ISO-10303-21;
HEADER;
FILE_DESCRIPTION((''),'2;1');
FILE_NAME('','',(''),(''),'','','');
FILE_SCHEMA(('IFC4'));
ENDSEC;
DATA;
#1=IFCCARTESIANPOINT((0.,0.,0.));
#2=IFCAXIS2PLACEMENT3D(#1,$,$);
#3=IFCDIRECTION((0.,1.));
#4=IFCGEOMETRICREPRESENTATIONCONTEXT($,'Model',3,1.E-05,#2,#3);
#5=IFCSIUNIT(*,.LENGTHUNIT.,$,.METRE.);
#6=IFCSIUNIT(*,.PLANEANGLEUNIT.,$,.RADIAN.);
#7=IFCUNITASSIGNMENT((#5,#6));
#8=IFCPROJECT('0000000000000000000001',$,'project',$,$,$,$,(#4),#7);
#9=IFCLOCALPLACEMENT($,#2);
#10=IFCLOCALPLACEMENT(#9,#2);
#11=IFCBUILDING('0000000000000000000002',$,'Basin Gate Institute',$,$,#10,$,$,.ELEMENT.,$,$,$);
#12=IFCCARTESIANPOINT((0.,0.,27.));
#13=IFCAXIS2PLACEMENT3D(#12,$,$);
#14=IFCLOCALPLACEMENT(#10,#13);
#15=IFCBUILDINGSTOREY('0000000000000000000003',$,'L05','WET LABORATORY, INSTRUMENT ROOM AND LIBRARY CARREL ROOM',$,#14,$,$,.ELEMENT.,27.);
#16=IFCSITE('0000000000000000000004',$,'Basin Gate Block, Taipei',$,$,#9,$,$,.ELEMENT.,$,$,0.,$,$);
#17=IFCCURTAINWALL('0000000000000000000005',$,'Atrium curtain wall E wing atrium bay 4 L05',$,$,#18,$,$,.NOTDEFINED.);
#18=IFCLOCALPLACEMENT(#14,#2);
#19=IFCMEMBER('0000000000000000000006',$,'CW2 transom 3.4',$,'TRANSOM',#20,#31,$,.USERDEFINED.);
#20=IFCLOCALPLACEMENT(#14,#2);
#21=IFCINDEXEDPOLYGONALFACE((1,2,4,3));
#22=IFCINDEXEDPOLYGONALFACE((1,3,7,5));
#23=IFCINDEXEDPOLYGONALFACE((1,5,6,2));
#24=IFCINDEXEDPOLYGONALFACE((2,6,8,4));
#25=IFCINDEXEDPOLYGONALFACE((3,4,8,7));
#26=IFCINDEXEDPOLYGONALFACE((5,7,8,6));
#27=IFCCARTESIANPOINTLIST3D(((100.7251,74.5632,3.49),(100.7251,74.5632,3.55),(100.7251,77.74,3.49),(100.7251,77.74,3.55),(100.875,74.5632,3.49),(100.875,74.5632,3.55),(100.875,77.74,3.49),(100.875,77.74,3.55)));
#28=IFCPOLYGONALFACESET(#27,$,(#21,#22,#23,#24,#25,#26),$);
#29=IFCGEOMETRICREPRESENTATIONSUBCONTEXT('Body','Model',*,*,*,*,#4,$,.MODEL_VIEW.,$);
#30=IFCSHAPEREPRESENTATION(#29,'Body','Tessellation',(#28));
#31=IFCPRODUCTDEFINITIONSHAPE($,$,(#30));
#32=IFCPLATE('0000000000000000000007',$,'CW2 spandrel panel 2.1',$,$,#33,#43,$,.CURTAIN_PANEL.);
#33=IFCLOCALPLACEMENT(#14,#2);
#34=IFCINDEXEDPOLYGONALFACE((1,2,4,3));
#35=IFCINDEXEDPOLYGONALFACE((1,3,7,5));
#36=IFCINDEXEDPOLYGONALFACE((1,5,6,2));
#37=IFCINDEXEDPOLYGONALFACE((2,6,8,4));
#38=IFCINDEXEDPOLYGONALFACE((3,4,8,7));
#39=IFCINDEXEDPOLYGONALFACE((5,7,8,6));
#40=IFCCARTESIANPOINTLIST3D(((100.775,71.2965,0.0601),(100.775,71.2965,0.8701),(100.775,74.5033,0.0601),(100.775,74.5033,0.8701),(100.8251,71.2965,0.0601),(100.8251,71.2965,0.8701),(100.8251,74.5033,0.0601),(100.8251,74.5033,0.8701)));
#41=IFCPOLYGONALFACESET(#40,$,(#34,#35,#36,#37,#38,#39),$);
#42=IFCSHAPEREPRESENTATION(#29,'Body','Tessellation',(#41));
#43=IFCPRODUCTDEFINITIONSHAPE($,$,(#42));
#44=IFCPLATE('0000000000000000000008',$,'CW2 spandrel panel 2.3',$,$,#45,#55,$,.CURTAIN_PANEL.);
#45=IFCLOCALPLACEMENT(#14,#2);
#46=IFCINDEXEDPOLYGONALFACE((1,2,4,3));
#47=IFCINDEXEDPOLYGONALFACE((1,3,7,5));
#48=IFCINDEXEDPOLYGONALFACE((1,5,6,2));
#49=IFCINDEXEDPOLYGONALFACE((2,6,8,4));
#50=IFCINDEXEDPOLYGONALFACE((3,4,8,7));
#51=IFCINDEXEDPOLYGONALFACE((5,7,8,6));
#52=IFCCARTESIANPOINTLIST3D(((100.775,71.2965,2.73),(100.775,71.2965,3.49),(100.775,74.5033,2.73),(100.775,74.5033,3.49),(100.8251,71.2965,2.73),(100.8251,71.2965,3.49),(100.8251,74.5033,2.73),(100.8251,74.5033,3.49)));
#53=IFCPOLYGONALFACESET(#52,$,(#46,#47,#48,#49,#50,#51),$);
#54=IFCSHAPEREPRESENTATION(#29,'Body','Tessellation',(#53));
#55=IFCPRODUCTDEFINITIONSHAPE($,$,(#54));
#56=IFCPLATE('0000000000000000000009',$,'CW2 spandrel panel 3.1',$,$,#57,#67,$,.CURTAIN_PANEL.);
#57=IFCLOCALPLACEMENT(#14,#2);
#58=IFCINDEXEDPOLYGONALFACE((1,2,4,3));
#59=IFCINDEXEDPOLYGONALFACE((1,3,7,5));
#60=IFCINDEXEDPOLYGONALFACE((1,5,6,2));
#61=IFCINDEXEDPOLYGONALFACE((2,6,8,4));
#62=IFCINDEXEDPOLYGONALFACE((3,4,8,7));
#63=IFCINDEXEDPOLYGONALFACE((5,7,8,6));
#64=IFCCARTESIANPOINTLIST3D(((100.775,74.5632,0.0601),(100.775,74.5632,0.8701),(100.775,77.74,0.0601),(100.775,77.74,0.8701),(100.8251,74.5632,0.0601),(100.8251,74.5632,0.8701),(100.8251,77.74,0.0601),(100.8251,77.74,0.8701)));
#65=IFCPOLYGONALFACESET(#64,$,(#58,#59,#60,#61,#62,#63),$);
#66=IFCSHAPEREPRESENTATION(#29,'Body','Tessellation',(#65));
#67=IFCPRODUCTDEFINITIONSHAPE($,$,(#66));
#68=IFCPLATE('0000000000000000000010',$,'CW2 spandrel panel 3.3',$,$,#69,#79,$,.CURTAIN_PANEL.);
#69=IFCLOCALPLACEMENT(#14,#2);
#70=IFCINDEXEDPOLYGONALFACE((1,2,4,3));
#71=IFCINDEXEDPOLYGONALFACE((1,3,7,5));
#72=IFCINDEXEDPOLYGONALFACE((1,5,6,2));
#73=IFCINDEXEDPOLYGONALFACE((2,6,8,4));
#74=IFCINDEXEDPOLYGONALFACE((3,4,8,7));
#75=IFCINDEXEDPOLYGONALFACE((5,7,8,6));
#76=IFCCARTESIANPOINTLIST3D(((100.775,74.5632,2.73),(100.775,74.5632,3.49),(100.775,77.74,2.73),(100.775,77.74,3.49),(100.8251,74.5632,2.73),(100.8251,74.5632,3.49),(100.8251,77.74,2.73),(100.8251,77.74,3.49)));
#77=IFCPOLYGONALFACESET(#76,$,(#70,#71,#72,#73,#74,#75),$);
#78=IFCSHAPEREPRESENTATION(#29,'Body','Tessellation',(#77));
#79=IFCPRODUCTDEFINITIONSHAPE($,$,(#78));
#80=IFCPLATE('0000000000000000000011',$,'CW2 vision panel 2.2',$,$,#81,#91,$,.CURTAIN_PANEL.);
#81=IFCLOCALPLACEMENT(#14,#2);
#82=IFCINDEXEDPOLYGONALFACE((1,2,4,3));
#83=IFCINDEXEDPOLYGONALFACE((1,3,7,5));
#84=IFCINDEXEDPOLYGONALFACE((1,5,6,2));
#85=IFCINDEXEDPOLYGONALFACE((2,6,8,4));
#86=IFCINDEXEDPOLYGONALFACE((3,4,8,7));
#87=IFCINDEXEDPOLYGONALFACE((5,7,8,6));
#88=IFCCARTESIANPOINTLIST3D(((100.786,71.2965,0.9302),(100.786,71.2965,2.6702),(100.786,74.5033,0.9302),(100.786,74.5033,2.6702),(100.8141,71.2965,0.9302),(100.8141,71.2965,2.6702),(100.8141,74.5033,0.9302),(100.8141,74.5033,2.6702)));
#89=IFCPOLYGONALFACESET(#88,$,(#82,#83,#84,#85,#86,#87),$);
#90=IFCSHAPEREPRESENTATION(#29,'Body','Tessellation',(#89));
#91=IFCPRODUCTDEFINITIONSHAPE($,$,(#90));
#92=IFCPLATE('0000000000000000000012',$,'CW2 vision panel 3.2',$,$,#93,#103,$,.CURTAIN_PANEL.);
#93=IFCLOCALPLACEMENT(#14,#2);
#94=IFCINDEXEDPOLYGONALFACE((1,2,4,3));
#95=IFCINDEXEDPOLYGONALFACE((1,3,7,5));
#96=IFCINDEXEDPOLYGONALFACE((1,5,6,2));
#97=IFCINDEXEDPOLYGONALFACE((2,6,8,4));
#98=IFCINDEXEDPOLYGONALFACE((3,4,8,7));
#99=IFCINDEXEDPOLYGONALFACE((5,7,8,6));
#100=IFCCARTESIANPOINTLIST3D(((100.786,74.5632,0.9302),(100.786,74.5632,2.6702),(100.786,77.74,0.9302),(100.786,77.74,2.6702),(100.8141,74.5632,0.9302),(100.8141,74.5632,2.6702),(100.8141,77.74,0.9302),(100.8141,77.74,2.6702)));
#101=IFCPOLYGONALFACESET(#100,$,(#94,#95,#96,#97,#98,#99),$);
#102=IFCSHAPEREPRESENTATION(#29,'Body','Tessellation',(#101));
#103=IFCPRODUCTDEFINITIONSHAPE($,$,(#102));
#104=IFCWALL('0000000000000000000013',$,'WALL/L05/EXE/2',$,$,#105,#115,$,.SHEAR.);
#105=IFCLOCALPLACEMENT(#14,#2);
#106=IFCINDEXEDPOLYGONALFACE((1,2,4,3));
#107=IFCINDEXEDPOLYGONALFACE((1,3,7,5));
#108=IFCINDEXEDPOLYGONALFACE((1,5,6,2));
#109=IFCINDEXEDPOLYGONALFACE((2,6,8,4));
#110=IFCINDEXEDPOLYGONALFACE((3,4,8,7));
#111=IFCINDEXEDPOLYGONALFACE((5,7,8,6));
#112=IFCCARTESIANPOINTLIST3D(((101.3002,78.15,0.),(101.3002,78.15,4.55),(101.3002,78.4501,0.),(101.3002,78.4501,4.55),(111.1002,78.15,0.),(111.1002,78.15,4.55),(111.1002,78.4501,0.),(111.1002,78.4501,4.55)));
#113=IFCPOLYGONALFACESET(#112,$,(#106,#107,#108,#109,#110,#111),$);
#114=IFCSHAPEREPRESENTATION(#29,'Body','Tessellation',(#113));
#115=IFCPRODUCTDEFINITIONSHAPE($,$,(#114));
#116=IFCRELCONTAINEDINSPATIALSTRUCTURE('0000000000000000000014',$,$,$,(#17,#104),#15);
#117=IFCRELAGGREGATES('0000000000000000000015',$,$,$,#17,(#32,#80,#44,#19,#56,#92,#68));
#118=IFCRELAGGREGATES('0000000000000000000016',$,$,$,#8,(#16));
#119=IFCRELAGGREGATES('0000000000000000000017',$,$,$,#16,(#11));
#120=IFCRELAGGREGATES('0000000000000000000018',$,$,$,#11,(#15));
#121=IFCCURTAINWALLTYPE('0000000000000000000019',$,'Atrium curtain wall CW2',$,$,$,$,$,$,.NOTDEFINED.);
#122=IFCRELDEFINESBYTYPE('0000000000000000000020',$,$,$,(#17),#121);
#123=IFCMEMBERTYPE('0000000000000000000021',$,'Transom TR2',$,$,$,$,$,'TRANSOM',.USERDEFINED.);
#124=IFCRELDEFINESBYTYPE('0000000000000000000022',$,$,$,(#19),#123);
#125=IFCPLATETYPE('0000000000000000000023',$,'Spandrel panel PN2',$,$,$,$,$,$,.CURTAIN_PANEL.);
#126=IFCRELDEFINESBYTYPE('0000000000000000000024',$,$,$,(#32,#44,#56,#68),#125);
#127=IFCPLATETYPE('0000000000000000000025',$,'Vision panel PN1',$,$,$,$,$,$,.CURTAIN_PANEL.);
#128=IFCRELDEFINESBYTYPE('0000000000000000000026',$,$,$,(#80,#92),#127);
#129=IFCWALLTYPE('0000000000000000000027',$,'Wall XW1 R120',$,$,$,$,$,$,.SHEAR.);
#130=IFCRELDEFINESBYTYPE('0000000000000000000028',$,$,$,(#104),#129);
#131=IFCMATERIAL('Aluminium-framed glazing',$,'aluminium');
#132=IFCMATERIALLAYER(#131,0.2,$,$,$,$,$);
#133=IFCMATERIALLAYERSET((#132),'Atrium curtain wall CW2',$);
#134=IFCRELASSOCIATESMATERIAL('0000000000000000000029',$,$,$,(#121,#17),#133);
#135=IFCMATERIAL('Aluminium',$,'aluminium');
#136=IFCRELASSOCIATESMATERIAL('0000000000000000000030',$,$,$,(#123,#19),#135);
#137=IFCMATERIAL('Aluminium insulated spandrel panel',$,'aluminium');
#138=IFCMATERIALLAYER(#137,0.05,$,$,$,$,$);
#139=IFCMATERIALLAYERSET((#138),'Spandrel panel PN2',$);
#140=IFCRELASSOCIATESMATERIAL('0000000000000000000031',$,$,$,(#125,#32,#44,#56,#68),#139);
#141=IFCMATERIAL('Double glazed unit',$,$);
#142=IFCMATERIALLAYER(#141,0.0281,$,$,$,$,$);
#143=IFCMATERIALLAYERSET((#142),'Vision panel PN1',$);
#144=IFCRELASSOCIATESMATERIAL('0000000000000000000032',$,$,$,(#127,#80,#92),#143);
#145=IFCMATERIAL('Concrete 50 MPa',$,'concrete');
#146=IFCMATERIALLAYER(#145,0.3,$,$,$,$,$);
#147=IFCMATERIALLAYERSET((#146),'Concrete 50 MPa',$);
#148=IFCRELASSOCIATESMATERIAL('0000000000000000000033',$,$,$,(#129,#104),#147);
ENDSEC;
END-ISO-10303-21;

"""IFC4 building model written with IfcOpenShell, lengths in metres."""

from ifc_helpers import new_model, si_unit, direction, frame, frame_2d, origin, origin_2d, place, context, subcontext, project, spatial, rectangle, extrude, material, layer, layer_set, material_profile, profile_set, type_object, element, aggregate, save


model = new_model("IFC4")

# Units and contexts
model_context = context("Model", 3, precision=1e-05, world=origin(), true_north=direction((0.0, 1.0)))
body_context = subcontext(model_context, "Body", "Model", "MODEL_VIEW")
ifc_project = project(units=[si_unit("LENGTHUNIT", "METRE"), si_unit("PLANEANGLEUNIT", "RADIAN")], contexts=[model_context])

# Site, building, storey
site_placement = place(None, origin())
site = spatial("IfcSite", under=ifc_project, at=site_placement, Name="Basin Gate Block, Taipei", CompositionType="ELEMENT", RefElevation=0.0)
building_placement = place(site_placement, origin())
building = spatial("IfcBuilding", under=site, at=building_placement, Name="Basin Gate Institute", CompositionType="ELEMENT")
storey_placement = place(building_placement, frame((0.0, 0.0, 27.0)))
storey = spatial("IfcBuildingStorey", under=building, at=storey_placement, Name="L05", Description="WET LABORATORY, INSTRUMENT ROOM AND LIBRARY CARREL ROOM", CompositionType="ELEMENT", Elevation=27.0)

# Curtain wall
ifc_material_1 = material(Name="Aluminium-framed glazing", Category="aluminium")
ifc_layer_1 = layer(ifc_material_1, 0.2)
ifc_layer_set_1 = layer_set([ifc_layer_1], Name="Atrium curtain wall CW2")
curtain_wall_type = type_object("IfcCurtainWallType", Name="Atrium curtain wall CW2", PredefinedType="NOTDEFINED", material=ifc_layer_set_1)
curtain_wall_placement = place(storey_placement, origin())
curtain_wall = element("IfcCurtainWall", 1, at=curtain_wall_placement, inside=storey, type_object=curtain_wall_type, material=ifc_layer_set_1, Name="Atrium curtain wall E wing atrium bay 4 L05", PredefinedType="NOTDEFINED")

# Member
ifc_material_2 = material(Name="Aluminium", Category="aluminium")
ifc_material_profile_1 = material_profile(ifc_material_2, rectangle(XDim=0.1499, YDim=0.0601, at=origin_2d()), Name="Transom TR2 150 x 60")
ifc_profile_set_1 = profile_set([ifc_material_profile_1], Name="Aluminium")
member_type_1 = type_object("IfcMemberType", Name="Transom TR2", ElementType="TRANSOM", PredefinedType="USERDEFINED", material=ifc_profile_set_1)
member_1_placement = place(storey_placement, frame((100.8, 74.5632, 3.52), z_axis=(0.0, 1.0, 0.0), x_axis=(-1.0, 0.0, 0.0)))
member_1 = element("IfcMember", 2, at=member_1_placement, type_object=member_type_1, material=ifc_profile_set_1, Name="CW2 transom 3.4", ObjectType="TRANSOM", PredefinedType="USERDEFINED", context=body_context, shape_type="SweptSolid", body=[
    extrude(rectangle(XDim=0.1499, YDim=0.0601, at=origin_2d()), origin(), (0.0, 0.0, 1.0), 3.1768),
])

# Plates
ifc_material_3 = material(Name="Aluminium insulated spandrel panel", Category="aluminium")
ifc_layer_2 = layer(ifc_material_3, 0.05)
ifc_layer_set_2 = layer_set([ifc_layer_2], Name="Spandrel panel PN2")
plate_type_1 = type_object("IfcPlateType", Name="Spandrel panel PN2", PredefinedType="CURTAIN_PANEL", material=ifc_layer_set_2)
plate_1_placement = place(storey_placement, frame((100.8, 72.8999, 0.0601), z_axis=(0.0, 0.0, 1.0), x_axis=(0.0, 1.0, 0.0)))
plate_1 = element("IfcPlate", 3, at=plate_1_placement, type_object=plate_type_1, material=ifc_layer_set_2, Name="CW2 spandrel panel 2.1", PredefinedType="CURTAIN_PANEL", context=body_context, shape_type="SweptSolid", body=[
    extrude(rectangle(XDim=3.2068, YDim=0.05, at=origin_2d()), origin(), (0.0, 0.0, 1.0), 0.8101),
])
plate_2_placement = place(storey_placement, frame((100.8, 72.8999, 2.73), z_axis=(0.0, 0.0, 1.0), x_axis=(0.0, 1.0, 0.0)))
plate_2 = element("IfcPlate", 4, at=plate_2_placement, type_object=plate_type_1, material=ifc_layer_set_2, Name="CW2 spandrel panel 2.3", PredefinedType="CURTAIN_PANEL", context=body_context, shape_type="SweptSolid", body=[
    extrude(rectangle(XDim=3.2068, YDim=0.05, at=origin_2d()), origin(), (0.0, 0.0, 1.0), 0.76),
])
plate_3_placement = place(storey_placement, frame((100.8, 76.1516, 0.0601), z_axis=(0.0, 0.0, 1.0), x_axis=(0.0, 1.0, 0.0)))
plate_3 = element("IfcPlate", 5, at=plate_3_placement, type_object=plate_type_1, material=ifc_layer_set_2, Name="CW2 spandrel panel 3.1", PredefinedType="CURTAIN_PANEL", context=body_context, shape_type="SweptSolid", body=[
    extrude(rectangle(XDim=3.1768, YDim=0.05, at=origin_2d()), origin(), (0.0, 0.0, 1.0), 0.8101),
])
plate_4_placement = place(storey_placement, frame((100.8, 76.1516, 2.73), z_axis=(0.0, 0.0, 1.0), x_axis=(0.0, 1.0, 0.0)))
plate_4 = element("IfcPlate", 6, at=plate_4_placement, type_object=plate_type_1, material=ifc_layer_set_2, Name="CW2 spandrel panel 3.3", PredefinedType="CURTAIN_PANEL", context=body_context, shape_type="SweptSolid", body=[
    extrude(rectangle(XDim=3.1768, YDim=0.05, at=origin_2d()), origin(), (0.0, 0.0, 1.0), 0.76),
])
ifc_material_4 = material(Name="Double glazed unit")
ifc_layer_3 = layer(ifc_material_4, 0.0281)
ifc_layer_set_3 = layer_set([ifc_layer_3], Name="Vision panel PN1")
plate_type_2 = type_object("IfcPlateType", Name="Vision panel PN1", PredefinedType="CURTAIN_PANEL", material=ifc_layer_set_3)
plate_5_placement = place(storey_placement, frame((100.8, 72.8999, 0.9302), z_axis=(0.0, 0.0, 1.0), x_axis=(0.0, 1.0, 0.0)))
plate_5 = element("IfcPlate", 7, at=plate_5_placement, type_object=plate_type_2, material=ifc_layer_set_3, Name="CW2 vision panel 2.2", PredefinedType="CURTAIN_PANEL", context=body_context, shape_type="SweptSolid", body=[
    extrude(rectangle(XDim=3.2068, YDim=0.0281, at=origin_2d()), origin(), (0.0, 0.0, 1.0), 1.74),
])
plate_6_placement = place(storey_placement, frame((100.8, 76.1516, 0.9302), z_axis=(0.0, 0.0, 1.0), x_axis=(0.0, 1.0, 0.0)))
plate_6 = element("IfcPlate", 8, at=plate_6_placement, type_object=plate_type_2, material=ifc_layer_set_3, Name="CW2 vision panel 3.2", PredefinedType="CURTAIN_PANEL", context=body_context, shape_type="SweptSolid", body=[
    extrude(rectangle(XDim=3.1768, YDim=0.0281, at=origin_2d()), origin(), (0.0, 0.0, 1.0), 1.74),
])
aggregate(curtain_wall, [plate_1, plate_5, plate_2, member_1, plate_3, plate_6, plate_4])

# Wall
ifc_material_5 = material(Name="Concrete 50 MPa", Category="concrete")
ifc_layer_4 = layer(ifc_material_5, 0.3)
ifc_layer_set_4 = layer_set([ifc_layer_4], Name="Concrete 50 MPa")
wall_type = type_object("IfcWallType", Name="Wall XW1 R120", PredefinedType="SHEAR", material=ifc_layer_set_4)
wall_placement = place(storey_placement, frame((111.1001, 78.3, 0.0), z_axis=(0.0, 0.0, 1.0), x_axis=(-1.0, 0.0, 0.0)))
element("IfcWall", 9, at=wall_placement, inside=storey, type_object=wall_type, material=ifc_layer_set_4, Name="WALL/L05/EXE/2", PredefinedType="SHEAR", context=body_context, shape_type="SweptSolid", body=[
    extrude(rectangle(XDim=9.8, YDim=0.3, at=frame_2d((4.8999, 0.0))), origin(), (0.0, 0.0, 1.0), 4.55),
])

save(model, "model.ifc")
